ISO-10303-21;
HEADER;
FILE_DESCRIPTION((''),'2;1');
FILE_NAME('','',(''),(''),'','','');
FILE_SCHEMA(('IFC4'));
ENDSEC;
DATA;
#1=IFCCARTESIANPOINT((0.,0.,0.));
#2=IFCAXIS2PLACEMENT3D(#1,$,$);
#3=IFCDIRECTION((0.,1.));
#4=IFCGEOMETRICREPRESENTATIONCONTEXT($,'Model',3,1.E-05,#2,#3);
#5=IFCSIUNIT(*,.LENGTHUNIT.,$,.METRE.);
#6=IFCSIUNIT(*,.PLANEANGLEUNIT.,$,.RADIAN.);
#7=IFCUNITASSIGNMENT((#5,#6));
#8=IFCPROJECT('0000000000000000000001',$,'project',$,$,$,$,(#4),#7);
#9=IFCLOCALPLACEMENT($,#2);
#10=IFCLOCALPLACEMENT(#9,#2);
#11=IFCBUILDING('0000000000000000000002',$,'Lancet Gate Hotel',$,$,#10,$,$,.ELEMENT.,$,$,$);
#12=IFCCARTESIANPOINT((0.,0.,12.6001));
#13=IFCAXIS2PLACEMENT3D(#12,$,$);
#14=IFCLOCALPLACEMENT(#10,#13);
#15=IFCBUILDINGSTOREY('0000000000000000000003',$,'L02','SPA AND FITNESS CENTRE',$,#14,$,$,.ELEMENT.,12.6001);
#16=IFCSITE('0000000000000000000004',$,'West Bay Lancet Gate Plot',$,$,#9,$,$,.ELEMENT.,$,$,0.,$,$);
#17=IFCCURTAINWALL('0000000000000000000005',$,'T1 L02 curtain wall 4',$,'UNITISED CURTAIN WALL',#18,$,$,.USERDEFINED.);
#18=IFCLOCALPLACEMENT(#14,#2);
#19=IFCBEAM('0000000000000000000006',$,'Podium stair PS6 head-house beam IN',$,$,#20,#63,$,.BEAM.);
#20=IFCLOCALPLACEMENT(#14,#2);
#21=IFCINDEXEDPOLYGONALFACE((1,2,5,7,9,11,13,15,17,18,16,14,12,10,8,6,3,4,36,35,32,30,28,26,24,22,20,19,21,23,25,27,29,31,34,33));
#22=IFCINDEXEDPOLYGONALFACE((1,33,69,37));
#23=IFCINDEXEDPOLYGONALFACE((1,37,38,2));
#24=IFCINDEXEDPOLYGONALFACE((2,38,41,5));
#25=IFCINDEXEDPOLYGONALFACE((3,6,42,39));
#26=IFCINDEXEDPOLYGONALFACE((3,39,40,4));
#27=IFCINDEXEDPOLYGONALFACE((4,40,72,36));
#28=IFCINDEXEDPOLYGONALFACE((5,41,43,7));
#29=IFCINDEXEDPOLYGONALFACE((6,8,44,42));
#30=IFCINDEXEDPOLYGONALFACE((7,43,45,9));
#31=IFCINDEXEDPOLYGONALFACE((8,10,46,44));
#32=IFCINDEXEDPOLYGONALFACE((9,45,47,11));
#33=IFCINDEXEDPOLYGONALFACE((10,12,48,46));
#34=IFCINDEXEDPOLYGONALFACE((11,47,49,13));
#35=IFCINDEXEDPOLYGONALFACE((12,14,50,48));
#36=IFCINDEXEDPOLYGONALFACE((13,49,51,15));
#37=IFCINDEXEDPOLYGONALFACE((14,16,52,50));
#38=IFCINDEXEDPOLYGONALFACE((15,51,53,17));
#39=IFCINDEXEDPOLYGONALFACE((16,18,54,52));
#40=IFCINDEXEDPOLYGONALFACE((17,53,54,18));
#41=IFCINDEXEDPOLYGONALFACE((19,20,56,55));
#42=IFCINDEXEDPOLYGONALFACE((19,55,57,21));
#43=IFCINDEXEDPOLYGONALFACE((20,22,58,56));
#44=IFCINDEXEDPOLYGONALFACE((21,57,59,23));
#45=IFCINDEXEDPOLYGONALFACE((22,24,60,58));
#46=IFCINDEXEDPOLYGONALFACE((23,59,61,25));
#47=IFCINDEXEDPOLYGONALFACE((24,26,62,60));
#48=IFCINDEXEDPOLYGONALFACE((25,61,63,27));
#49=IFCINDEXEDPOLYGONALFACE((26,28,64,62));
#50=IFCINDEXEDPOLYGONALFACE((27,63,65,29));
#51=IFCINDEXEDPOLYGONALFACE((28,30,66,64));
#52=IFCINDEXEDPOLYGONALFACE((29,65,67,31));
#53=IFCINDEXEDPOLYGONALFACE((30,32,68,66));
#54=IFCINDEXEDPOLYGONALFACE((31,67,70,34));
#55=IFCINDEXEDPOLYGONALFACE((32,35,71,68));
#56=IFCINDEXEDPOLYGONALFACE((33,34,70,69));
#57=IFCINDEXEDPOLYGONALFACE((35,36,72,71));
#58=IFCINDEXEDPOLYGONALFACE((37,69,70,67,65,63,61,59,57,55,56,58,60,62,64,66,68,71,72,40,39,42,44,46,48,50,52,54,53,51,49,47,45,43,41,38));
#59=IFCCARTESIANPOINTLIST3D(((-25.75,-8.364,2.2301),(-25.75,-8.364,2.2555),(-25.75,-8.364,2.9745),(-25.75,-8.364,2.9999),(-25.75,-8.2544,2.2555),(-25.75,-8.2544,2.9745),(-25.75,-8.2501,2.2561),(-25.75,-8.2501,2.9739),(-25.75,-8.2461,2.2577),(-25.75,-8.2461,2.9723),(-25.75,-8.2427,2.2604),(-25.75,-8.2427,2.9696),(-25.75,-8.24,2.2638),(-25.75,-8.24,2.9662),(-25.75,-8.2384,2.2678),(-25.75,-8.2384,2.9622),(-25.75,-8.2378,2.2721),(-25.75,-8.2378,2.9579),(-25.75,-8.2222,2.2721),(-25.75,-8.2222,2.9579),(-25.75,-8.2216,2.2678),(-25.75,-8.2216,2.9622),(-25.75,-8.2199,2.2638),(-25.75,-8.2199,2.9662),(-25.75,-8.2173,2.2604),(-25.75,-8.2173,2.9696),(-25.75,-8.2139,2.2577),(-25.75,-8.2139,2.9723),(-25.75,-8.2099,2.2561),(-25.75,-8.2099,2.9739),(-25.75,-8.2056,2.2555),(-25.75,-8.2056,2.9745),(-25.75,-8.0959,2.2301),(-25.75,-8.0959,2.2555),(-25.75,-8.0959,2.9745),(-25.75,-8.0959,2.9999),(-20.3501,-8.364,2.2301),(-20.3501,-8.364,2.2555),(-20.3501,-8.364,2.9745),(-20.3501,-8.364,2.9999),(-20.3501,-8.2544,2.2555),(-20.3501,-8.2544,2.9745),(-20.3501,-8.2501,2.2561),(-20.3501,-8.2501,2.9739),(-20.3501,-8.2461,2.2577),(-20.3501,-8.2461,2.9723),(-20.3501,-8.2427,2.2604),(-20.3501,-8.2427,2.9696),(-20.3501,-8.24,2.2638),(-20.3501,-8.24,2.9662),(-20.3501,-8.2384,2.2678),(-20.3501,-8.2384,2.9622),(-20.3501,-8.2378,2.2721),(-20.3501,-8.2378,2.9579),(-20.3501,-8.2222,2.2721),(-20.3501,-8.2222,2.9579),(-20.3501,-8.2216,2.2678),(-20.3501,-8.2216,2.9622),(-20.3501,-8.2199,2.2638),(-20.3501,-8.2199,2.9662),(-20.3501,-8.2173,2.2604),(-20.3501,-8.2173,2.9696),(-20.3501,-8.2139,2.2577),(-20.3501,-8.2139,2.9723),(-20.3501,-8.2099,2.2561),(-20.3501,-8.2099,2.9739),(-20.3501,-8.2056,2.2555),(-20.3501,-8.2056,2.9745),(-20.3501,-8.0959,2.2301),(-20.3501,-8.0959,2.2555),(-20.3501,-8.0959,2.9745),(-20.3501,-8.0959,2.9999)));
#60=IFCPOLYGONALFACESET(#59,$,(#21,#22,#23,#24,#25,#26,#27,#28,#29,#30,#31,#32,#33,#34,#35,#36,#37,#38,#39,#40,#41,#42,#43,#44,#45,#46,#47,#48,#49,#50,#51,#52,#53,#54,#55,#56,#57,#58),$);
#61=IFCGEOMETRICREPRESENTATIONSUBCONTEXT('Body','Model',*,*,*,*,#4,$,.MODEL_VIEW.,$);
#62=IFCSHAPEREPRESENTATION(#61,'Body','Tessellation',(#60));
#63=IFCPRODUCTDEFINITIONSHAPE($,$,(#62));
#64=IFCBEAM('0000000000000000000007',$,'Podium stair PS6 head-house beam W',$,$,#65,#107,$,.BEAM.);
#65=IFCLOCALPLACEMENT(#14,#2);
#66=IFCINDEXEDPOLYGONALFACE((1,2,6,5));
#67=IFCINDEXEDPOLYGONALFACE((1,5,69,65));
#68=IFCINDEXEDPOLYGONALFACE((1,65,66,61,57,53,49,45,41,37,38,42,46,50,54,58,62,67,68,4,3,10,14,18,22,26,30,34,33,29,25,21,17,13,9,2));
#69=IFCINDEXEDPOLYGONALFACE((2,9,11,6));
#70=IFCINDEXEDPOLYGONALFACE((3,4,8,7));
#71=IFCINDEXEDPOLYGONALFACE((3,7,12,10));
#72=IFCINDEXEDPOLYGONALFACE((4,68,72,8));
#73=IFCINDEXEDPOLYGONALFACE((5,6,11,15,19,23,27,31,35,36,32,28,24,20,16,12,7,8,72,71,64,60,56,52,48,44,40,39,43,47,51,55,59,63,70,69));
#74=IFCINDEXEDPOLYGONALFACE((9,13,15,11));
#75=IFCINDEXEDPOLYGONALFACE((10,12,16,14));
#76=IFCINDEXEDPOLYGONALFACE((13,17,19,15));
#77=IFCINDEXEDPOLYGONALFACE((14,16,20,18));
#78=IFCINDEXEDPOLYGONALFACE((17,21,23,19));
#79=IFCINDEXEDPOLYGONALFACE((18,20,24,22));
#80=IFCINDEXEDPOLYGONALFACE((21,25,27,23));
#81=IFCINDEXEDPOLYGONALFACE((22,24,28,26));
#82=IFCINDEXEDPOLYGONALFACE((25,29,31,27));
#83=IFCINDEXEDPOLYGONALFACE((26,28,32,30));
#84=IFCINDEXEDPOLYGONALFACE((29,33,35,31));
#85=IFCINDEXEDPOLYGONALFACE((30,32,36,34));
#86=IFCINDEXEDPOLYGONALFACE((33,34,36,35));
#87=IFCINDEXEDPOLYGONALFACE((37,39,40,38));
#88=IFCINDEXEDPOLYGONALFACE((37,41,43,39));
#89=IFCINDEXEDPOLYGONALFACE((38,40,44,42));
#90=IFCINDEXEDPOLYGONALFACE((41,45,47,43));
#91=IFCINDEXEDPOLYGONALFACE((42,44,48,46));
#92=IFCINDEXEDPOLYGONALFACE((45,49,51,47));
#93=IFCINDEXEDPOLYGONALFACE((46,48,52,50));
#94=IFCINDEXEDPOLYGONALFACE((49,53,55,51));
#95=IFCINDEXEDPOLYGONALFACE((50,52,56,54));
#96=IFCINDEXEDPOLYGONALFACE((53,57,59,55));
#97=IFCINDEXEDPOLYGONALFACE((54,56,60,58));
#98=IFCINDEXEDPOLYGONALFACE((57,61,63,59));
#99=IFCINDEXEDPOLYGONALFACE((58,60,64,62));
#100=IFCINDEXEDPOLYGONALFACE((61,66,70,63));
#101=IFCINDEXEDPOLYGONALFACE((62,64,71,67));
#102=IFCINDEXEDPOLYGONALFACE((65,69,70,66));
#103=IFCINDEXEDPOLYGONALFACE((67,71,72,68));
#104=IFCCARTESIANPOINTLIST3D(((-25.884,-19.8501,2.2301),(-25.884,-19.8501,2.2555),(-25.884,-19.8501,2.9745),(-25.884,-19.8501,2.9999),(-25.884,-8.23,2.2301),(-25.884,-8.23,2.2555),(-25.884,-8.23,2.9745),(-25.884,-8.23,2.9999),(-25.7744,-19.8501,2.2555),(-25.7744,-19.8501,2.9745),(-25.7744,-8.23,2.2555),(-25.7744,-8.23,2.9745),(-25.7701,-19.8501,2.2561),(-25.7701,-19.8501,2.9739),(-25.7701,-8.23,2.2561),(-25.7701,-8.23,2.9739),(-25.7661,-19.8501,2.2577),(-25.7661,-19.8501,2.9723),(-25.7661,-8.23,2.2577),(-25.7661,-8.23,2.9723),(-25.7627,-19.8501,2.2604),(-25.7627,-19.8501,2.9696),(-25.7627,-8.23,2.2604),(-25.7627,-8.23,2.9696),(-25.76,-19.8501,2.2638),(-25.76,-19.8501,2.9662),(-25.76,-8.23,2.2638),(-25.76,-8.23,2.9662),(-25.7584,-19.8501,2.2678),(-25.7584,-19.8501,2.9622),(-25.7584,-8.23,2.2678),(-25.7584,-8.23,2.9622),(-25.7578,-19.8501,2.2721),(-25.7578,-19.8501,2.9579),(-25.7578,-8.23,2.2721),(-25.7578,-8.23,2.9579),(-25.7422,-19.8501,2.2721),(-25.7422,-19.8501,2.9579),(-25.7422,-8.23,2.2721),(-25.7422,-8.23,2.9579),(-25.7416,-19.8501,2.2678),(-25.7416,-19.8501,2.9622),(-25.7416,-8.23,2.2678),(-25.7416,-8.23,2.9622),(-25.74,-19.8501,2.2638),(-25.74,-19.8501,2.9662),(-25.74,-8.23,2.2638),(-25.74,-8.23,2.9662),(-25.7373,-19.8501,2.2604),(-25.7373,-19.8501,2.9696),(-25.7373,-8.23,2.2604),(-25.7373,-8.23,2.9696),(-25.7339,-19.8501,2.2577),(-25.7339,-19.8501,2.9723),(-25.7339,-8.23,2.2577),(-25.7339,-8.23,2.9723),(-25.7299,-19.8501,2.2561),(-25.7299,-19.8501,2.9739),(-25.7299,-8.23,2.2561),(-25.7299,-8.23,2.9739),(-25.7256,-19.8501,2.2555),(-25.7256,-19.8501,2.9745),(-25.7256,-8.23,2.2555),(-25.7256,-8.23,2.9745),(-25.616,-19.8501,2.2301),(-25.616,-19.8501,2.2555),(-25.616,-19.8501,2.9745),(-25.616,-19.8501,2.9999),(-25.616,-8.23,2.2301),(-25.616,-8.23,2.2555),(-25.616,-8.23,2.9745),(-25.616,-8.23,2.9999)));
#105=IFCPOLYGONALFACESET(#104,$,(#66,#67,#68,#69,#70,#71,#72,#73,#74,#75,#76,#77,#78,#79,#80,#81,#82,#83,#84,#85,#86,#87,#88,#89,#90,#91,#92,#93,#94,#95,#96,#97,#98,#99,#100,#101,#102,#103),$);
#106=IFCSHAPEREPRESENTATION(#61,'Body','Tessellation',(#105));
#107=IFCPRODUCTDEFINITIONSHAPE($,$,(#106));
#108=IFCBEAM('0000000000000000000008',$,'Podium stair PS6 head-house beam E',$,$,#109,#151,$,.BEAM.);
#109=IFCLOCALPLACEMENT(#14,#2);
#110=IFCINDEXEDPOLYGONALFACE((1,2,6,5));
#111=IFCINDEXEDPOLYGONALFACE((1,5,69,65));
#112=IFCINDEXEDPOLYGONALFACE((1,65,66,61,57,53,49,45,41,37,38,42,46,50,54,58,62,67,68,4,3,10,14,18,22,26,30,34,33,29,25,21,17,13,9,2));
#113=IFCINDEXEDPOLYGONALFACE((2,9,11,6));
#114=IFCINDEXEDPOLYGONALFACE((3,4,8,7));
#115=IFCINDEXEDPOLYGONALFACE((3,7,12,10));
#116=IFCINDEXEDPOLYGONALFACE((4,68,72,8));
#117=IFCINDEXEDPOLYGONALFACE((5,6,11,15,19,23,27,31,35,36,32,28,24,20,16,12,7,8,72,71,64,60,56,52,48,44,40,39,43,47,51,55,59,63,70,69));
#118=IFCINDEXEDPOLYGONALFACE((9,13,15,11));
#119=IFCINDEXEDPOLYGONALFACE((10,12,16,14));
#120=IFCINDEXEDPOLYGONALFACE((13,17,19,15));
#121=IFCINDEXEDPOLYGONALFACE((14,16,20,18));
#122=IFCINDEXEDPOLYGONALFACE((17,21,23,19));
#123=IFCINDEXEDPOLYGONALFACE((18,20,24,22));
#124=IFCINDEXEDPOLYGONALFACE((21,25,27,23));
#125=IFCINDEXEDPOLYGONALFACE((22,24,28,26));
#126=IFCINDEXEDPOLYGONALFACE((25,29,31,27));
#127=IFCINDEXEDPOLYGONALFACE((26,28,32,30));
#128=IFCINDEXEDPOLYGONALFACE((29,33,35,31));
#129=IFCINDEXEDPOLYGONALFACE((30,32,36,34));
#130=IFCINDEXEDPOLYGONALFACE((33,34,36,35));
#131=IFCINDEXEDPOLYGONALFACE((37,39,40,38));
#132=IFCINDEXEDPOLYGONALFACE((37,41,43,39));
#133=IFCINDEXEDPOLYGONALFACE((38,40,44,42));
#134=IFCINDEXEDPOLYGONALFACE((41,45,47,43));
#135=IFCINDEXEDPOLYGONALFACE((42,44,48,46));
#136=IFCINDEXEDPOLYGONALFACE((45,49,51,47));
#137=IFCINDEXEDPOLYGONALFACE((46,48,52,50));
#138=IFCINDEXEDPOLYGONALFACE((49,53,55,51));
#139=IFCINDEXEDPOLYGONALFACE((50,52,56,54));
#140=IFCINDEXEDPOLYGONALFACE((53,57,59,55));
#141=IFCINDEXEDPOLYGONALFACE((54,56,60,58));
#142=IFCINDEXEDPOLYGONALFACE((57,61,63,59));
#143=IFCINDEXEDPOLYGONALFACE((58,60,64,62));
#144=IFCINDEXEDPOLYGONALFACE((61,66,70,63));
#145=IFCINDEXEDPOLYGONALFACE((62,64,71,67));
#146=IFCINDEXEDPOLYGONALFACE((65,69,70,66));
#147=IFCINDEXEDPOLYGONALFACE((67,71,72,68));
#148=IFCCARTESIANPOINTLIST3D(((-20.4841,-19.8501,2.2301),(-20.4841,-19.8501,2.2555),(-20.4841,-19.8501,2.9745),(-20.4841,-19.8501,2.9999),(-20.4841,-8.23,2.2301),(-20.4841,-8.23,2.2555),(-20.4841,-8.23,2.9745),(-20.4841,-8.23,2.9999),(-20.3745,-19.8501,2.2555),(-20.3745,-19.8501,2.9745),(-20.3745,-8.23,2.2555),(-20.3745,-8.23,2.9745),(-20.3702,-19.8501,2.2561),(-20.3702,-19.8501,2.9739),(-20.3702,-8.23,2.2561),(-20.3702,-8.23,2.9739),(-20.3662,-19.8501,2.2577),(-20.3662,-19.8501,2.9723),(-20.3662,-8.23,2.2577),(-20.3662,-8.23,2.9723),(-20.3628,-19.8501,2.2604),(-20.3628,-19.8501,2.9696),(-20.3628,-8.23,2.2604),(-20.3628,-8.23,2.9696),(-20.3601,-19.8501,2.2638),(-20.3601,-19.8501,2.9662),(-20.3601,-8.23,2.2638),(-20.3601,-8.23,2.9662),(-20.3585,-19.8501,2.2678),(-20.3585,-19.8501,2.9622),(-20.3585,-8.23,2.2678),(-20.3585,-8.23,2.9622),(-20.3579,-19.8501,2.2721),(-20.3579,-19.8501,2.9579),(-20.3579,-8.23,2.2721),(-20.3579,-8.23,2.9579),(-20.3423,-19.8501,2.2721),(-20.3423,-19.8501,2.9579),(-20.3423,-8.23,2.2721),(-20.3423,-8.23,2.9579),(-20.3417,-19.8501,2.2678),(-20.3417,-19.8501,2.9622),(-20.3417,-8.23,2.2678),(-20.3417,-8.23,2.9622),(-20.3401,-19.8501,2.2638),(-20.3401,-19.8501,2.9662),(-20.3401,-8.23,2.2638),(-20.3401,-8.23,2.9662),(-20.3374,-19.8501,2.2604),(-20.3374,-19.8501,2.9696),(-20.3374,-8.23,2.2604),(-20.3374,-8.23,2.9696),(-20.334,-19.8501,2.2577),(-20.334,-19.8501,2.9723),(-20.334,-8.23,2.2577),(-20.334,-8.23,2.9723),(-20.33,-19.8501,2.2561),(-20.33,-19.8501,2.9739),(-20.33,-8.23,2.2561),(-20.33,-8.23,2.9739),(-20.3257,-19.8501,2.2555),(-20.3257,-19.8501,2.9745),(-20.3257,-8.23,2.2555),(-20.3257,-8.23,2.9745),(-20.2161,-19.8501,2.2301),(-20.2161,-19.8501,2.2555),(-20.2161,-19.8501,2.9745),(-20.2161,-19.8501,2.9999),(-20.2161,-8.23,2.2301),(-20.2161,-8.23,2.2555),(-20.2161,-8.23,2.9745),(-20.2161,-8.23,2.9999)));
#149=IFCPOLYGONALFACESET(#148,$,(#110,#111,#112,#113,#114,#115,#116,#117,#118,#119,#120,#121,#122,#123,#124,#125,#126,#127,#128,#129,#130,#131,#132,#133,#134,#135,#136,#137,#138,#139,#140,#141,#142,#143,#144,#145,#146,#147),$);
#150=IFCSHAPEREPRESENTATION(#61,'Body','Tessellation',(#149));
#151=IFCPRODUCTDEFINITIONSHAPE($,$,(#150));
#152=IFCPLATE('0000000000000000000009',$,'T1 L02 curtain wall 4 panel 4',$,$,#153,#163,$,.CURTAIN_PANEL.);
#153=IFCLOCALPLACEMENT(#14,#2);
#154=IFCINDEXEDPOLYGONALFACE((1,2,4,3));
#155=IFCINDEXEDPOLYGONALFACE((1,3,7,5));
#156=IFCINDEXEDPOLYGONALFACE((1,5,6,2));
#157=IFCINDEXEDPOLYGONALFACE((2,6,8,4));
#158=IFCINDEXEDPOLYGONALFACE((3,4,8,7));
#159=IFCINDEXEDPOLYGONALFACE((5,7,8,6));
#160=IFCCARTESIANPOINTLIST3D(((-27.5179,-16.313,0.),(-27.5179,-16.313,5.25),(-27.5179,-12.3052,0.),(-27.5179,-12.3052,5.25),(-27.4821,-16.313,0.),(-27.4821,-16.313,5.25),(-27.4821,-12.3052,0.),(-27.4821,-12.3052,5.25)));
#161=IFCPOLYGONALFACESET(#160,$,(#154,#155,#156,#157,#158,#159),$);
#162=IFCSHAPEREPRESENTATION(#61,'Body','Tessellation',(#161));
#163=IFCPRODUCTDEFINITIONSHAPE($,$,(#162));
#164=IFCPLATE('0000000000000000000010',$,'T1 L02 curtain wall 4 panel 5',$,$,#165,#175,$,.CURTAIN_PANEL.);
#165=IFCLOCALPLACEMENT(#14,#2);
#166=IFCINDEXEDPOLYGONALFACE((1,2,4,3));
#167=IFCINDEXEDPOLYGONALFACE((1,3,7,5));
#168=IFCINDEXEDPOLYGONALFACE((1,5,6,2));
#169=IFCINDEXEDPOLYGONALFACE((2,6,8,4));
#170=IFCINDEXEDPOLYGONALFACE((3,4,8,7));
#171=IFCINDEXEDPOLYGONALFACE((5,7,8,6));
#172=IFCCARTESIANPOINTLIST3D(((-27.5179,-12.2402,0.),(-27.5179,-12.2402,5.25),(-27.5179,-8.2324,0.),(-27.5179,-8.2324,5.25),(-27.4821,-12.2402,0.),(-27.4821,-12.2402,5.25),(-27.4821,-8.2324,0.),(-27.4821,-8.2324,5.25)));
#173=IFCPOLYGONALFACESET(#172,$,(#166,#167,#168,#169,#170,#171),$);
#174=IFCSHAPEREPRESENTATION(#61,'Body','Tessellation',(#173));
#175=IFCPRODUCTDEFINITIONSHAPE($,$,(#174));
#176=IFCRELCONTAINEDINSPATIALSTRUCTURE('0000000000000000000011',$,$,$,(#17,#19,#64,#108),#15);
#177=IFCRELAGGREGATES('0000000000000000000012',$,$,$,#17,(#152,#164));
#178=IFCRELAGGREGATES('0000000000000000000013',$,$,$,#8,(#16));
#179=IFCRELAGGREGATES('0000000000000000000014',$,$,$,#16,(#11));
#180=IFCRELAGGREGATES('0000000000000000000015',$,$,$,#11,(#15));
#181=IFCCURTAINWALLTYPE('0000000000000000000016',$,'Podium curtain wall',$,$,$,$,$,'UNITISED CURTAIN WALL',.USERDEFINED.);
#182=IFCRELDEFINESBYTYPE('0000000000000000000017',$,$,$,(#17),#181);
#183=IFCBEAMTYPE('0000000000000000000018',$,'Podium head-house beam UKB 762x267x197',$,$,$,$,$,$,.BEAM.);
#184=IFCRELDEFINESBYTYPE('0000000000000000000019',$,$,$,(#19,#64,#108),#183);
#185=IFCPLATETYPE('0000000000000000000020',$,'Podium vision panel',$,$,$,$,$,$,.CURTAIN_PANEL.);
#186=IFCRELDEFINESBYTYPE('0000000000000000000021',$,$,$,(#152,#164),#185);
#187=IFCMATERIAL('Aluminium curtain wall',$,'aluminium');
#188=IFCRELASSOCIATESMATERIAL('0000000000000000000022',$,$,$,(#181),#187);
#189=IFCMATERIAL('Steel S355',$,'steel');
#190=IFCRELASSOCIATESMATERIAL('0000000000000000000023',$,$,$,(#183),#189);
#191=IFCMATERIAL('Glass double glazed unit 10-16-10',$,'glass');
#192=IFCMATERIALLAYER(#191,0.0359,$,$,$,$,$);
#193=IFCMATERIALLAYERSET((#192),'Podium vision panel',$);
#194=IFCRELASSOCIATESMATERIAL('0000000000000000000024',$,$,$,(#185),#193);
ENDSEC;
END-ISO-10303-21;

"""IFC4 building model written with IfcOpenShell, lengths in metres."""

from ifc_helpers import new_model, si_unit, direction, frame, origin, origin_2d, place, context, subcontext, project, spatial, rectangle, i_section, extrude, material, layer, layer_set, material_profile, profile_set, type_object, element, aggregate, save


model = new_model("IFC4")

# Units and contexts
model_context = context("Model", 3, precision=1e-05, world=origin(), true_north=direction((0.0, 1.0)))
body_context = subcontext(model_context, "Body", "Model", "MODEL_VIEW")
ifc_project = project(units=[si_unit("LENGTHUNIT", "METRE"), si_unit("PLANEANGLEUNIT", "RADIAN")], contexts=[model_context])

# Site, building, storey
site_placement = place(None, origin())
site = spatial("IfcSite", under=ifc_project, at=site_placement, Name="West Bay Lancet Gate Plot", CompositionType="ELEMENT", RefElevation=0.0)
building_placement = place(site_placement, origin())
building = spatial("IfcBuilding", under=site, at=building_placement, Name="Lancet Gate Hotel", CompositionType="ELEMENT")
storey_placement = place(building_placement, frame((0.0, 0.0, 12.6001)))
storey = spatial("IfcBuildingStorey", under=building, at=storey_placement, Name="L02", Description="SPA AND FITNESS CENTRE", CompositionType="ELEMENT", Elevation=12.6001)

# Curtain wall
ifc_material_1 = material(Name="Aluminium curtain wall", Category="aluminium")
curtain_wall_type = type_object("IfcCurtainWallType", Name="Podium curtain wall", ElementType="UNITISED CURTAIN WALL", PredefinedType="USERDEFINED", material=ifc_material_1)
curtain_wall_placement = place(storey_placement, origin())
curtain_wall = element("IfcCurtainWall", 1, at=curtain_wall_placement, inside=storey, type_object=curtain_wall_type, Name="T1 L02 curtain wall 4", ObjectType="UNITISED CURTAIN WALL", PredefinedType="USERDEFINED")

# Beams
ifc_material_2 = material(Name="Steel S355", Category="steel")
ifc_material_profile_1 = material_profile(ifc_material_2, i_section(OverallWidth=0.2681, OverallDepth=0.7698, WebThickness=0.0156, FlangeThickness=0.0254, FilletRadius=0.0166, at=origin_2d()), Name="UKB 762x267x197")
ifc_profile_set_1 = profile_set([ifc_material_profile_1], Name="Steel S355")
beam_type = type_object("IfcBeamType", Name="Podium head-house beam UKB 762x267x197", PredefinedType="BEAM", material=ifc_profile_set_1)
beam_placement = place(storey_placement, frame((-25.75, -8.23, 2.615), z_axis=(1.0, 0.0, 0.0), x_axis=(0.0, 1.0, 0.0)))
element("IfcBeam", 2, at=beam_placement, inside=storey, type_object=beam_type, Name="Podium stair PS6 head-house beam IN", PredefinedType="BEAM", context=body_context, shape_type="SweptSolid", body=[
    extrude(i_section(OverallWidth=0.2681, OverallDepth=0.7698, WebThickness=0.0156, FlangeThickness=0.0254, FilletRadius=0.0166, at=origin_2d()), origin(), (0.0, 0.0, 1.0), 5.3999),
])
for number, where, z_axis, x_axis, name in (
    (3, (-25.75, -8.23, 2.615), (0.0, -1.0, 0.0), (1.0, 0.0, 0.0), "Podium stair PS6 head-house beam W"),
    (4, (-20.3501, -8.23, 2.615), (0.0, -1.0, 0.0), (1.0, 0.0, 0.0), "Podium stair PS6 head-house beam E"),
):
    element("IfcBeam", number, at=place(storey_placement, frame(where, z_axis=z_axis, x_axis=x_axis)), inside=storey, type_object=beam_type, Name=name, PredefinedType="BEAM", context=body_context, shape_type="SweptSolid", body=[
        extrude(i_section(OverallWidth=0.2681, OverallDepth=0.7698, WebThickness=0.0156, FlangeThickness=0.0254, FilletRadius=0.0166, at=origin_2d()), origin(), (0.0, 0.0, 1.0), 11.6201),
    ])

# Plates
ifc_material_3 = material(Name="Glass double glazed unit 10-16-10", Category="glass")
ifc_layer_1 = layer(ifc_material_3, 0.0359)
ifc_layer_set_1 = layer_set([ifc_layer_1], Name="Podium vision panel")
plate_type = type_object("IfcPlateType", Name="Podium vision panel", PredefinedType="CURTAIN_PANEL", material=ifc_layer_set_1)
plate_1_placement = place(storey_placement, frame((-27.5, -14.3091, 0.0), z_axis=(0.0, 0.0, 1.0), x_axis=(0.0, 1.0, 0.0)))
plate_1 = element("IfcPlate", 5, at=plate_1_placement, type_object=plate_type, Name="T1 L02 curtain wall 4 panel 4", PredefinedType="CURTAIN_PANEL", context=body_context, shape_type="SweptSolid", body=[
    extrude(rectangle(XDim=4.0078, YDim=0.0359, at=origin_2d()), origin(), (0.0, 0.0, 1.0), 5.25),
])
plate_2_placement = place(storey_placement, frame((-27.5, -10.2363, 0.0), z_axis=(0.0, 0.0, 1.0), x_axis=(0.0, 1.0, 0.0)))
plate_2 = element("IfcPlate", 6, at=plate_2_placement, type_object=plate_type, Name="T1 L02 curtain wall 4 panel 5", PredefinedType="CURTAIN_PANEL", context=body_context, shape_type="SweptSolid", body=[
    extrude(rectangle(XDim=4.0078, YDim=0.0359, at=origin_2d()), origin(), (0.0, 0.0, 1.0), 5.25),
])
aggregate(curtain_wall, [plate_1, plate_2])

save(model, "model.ifc")
